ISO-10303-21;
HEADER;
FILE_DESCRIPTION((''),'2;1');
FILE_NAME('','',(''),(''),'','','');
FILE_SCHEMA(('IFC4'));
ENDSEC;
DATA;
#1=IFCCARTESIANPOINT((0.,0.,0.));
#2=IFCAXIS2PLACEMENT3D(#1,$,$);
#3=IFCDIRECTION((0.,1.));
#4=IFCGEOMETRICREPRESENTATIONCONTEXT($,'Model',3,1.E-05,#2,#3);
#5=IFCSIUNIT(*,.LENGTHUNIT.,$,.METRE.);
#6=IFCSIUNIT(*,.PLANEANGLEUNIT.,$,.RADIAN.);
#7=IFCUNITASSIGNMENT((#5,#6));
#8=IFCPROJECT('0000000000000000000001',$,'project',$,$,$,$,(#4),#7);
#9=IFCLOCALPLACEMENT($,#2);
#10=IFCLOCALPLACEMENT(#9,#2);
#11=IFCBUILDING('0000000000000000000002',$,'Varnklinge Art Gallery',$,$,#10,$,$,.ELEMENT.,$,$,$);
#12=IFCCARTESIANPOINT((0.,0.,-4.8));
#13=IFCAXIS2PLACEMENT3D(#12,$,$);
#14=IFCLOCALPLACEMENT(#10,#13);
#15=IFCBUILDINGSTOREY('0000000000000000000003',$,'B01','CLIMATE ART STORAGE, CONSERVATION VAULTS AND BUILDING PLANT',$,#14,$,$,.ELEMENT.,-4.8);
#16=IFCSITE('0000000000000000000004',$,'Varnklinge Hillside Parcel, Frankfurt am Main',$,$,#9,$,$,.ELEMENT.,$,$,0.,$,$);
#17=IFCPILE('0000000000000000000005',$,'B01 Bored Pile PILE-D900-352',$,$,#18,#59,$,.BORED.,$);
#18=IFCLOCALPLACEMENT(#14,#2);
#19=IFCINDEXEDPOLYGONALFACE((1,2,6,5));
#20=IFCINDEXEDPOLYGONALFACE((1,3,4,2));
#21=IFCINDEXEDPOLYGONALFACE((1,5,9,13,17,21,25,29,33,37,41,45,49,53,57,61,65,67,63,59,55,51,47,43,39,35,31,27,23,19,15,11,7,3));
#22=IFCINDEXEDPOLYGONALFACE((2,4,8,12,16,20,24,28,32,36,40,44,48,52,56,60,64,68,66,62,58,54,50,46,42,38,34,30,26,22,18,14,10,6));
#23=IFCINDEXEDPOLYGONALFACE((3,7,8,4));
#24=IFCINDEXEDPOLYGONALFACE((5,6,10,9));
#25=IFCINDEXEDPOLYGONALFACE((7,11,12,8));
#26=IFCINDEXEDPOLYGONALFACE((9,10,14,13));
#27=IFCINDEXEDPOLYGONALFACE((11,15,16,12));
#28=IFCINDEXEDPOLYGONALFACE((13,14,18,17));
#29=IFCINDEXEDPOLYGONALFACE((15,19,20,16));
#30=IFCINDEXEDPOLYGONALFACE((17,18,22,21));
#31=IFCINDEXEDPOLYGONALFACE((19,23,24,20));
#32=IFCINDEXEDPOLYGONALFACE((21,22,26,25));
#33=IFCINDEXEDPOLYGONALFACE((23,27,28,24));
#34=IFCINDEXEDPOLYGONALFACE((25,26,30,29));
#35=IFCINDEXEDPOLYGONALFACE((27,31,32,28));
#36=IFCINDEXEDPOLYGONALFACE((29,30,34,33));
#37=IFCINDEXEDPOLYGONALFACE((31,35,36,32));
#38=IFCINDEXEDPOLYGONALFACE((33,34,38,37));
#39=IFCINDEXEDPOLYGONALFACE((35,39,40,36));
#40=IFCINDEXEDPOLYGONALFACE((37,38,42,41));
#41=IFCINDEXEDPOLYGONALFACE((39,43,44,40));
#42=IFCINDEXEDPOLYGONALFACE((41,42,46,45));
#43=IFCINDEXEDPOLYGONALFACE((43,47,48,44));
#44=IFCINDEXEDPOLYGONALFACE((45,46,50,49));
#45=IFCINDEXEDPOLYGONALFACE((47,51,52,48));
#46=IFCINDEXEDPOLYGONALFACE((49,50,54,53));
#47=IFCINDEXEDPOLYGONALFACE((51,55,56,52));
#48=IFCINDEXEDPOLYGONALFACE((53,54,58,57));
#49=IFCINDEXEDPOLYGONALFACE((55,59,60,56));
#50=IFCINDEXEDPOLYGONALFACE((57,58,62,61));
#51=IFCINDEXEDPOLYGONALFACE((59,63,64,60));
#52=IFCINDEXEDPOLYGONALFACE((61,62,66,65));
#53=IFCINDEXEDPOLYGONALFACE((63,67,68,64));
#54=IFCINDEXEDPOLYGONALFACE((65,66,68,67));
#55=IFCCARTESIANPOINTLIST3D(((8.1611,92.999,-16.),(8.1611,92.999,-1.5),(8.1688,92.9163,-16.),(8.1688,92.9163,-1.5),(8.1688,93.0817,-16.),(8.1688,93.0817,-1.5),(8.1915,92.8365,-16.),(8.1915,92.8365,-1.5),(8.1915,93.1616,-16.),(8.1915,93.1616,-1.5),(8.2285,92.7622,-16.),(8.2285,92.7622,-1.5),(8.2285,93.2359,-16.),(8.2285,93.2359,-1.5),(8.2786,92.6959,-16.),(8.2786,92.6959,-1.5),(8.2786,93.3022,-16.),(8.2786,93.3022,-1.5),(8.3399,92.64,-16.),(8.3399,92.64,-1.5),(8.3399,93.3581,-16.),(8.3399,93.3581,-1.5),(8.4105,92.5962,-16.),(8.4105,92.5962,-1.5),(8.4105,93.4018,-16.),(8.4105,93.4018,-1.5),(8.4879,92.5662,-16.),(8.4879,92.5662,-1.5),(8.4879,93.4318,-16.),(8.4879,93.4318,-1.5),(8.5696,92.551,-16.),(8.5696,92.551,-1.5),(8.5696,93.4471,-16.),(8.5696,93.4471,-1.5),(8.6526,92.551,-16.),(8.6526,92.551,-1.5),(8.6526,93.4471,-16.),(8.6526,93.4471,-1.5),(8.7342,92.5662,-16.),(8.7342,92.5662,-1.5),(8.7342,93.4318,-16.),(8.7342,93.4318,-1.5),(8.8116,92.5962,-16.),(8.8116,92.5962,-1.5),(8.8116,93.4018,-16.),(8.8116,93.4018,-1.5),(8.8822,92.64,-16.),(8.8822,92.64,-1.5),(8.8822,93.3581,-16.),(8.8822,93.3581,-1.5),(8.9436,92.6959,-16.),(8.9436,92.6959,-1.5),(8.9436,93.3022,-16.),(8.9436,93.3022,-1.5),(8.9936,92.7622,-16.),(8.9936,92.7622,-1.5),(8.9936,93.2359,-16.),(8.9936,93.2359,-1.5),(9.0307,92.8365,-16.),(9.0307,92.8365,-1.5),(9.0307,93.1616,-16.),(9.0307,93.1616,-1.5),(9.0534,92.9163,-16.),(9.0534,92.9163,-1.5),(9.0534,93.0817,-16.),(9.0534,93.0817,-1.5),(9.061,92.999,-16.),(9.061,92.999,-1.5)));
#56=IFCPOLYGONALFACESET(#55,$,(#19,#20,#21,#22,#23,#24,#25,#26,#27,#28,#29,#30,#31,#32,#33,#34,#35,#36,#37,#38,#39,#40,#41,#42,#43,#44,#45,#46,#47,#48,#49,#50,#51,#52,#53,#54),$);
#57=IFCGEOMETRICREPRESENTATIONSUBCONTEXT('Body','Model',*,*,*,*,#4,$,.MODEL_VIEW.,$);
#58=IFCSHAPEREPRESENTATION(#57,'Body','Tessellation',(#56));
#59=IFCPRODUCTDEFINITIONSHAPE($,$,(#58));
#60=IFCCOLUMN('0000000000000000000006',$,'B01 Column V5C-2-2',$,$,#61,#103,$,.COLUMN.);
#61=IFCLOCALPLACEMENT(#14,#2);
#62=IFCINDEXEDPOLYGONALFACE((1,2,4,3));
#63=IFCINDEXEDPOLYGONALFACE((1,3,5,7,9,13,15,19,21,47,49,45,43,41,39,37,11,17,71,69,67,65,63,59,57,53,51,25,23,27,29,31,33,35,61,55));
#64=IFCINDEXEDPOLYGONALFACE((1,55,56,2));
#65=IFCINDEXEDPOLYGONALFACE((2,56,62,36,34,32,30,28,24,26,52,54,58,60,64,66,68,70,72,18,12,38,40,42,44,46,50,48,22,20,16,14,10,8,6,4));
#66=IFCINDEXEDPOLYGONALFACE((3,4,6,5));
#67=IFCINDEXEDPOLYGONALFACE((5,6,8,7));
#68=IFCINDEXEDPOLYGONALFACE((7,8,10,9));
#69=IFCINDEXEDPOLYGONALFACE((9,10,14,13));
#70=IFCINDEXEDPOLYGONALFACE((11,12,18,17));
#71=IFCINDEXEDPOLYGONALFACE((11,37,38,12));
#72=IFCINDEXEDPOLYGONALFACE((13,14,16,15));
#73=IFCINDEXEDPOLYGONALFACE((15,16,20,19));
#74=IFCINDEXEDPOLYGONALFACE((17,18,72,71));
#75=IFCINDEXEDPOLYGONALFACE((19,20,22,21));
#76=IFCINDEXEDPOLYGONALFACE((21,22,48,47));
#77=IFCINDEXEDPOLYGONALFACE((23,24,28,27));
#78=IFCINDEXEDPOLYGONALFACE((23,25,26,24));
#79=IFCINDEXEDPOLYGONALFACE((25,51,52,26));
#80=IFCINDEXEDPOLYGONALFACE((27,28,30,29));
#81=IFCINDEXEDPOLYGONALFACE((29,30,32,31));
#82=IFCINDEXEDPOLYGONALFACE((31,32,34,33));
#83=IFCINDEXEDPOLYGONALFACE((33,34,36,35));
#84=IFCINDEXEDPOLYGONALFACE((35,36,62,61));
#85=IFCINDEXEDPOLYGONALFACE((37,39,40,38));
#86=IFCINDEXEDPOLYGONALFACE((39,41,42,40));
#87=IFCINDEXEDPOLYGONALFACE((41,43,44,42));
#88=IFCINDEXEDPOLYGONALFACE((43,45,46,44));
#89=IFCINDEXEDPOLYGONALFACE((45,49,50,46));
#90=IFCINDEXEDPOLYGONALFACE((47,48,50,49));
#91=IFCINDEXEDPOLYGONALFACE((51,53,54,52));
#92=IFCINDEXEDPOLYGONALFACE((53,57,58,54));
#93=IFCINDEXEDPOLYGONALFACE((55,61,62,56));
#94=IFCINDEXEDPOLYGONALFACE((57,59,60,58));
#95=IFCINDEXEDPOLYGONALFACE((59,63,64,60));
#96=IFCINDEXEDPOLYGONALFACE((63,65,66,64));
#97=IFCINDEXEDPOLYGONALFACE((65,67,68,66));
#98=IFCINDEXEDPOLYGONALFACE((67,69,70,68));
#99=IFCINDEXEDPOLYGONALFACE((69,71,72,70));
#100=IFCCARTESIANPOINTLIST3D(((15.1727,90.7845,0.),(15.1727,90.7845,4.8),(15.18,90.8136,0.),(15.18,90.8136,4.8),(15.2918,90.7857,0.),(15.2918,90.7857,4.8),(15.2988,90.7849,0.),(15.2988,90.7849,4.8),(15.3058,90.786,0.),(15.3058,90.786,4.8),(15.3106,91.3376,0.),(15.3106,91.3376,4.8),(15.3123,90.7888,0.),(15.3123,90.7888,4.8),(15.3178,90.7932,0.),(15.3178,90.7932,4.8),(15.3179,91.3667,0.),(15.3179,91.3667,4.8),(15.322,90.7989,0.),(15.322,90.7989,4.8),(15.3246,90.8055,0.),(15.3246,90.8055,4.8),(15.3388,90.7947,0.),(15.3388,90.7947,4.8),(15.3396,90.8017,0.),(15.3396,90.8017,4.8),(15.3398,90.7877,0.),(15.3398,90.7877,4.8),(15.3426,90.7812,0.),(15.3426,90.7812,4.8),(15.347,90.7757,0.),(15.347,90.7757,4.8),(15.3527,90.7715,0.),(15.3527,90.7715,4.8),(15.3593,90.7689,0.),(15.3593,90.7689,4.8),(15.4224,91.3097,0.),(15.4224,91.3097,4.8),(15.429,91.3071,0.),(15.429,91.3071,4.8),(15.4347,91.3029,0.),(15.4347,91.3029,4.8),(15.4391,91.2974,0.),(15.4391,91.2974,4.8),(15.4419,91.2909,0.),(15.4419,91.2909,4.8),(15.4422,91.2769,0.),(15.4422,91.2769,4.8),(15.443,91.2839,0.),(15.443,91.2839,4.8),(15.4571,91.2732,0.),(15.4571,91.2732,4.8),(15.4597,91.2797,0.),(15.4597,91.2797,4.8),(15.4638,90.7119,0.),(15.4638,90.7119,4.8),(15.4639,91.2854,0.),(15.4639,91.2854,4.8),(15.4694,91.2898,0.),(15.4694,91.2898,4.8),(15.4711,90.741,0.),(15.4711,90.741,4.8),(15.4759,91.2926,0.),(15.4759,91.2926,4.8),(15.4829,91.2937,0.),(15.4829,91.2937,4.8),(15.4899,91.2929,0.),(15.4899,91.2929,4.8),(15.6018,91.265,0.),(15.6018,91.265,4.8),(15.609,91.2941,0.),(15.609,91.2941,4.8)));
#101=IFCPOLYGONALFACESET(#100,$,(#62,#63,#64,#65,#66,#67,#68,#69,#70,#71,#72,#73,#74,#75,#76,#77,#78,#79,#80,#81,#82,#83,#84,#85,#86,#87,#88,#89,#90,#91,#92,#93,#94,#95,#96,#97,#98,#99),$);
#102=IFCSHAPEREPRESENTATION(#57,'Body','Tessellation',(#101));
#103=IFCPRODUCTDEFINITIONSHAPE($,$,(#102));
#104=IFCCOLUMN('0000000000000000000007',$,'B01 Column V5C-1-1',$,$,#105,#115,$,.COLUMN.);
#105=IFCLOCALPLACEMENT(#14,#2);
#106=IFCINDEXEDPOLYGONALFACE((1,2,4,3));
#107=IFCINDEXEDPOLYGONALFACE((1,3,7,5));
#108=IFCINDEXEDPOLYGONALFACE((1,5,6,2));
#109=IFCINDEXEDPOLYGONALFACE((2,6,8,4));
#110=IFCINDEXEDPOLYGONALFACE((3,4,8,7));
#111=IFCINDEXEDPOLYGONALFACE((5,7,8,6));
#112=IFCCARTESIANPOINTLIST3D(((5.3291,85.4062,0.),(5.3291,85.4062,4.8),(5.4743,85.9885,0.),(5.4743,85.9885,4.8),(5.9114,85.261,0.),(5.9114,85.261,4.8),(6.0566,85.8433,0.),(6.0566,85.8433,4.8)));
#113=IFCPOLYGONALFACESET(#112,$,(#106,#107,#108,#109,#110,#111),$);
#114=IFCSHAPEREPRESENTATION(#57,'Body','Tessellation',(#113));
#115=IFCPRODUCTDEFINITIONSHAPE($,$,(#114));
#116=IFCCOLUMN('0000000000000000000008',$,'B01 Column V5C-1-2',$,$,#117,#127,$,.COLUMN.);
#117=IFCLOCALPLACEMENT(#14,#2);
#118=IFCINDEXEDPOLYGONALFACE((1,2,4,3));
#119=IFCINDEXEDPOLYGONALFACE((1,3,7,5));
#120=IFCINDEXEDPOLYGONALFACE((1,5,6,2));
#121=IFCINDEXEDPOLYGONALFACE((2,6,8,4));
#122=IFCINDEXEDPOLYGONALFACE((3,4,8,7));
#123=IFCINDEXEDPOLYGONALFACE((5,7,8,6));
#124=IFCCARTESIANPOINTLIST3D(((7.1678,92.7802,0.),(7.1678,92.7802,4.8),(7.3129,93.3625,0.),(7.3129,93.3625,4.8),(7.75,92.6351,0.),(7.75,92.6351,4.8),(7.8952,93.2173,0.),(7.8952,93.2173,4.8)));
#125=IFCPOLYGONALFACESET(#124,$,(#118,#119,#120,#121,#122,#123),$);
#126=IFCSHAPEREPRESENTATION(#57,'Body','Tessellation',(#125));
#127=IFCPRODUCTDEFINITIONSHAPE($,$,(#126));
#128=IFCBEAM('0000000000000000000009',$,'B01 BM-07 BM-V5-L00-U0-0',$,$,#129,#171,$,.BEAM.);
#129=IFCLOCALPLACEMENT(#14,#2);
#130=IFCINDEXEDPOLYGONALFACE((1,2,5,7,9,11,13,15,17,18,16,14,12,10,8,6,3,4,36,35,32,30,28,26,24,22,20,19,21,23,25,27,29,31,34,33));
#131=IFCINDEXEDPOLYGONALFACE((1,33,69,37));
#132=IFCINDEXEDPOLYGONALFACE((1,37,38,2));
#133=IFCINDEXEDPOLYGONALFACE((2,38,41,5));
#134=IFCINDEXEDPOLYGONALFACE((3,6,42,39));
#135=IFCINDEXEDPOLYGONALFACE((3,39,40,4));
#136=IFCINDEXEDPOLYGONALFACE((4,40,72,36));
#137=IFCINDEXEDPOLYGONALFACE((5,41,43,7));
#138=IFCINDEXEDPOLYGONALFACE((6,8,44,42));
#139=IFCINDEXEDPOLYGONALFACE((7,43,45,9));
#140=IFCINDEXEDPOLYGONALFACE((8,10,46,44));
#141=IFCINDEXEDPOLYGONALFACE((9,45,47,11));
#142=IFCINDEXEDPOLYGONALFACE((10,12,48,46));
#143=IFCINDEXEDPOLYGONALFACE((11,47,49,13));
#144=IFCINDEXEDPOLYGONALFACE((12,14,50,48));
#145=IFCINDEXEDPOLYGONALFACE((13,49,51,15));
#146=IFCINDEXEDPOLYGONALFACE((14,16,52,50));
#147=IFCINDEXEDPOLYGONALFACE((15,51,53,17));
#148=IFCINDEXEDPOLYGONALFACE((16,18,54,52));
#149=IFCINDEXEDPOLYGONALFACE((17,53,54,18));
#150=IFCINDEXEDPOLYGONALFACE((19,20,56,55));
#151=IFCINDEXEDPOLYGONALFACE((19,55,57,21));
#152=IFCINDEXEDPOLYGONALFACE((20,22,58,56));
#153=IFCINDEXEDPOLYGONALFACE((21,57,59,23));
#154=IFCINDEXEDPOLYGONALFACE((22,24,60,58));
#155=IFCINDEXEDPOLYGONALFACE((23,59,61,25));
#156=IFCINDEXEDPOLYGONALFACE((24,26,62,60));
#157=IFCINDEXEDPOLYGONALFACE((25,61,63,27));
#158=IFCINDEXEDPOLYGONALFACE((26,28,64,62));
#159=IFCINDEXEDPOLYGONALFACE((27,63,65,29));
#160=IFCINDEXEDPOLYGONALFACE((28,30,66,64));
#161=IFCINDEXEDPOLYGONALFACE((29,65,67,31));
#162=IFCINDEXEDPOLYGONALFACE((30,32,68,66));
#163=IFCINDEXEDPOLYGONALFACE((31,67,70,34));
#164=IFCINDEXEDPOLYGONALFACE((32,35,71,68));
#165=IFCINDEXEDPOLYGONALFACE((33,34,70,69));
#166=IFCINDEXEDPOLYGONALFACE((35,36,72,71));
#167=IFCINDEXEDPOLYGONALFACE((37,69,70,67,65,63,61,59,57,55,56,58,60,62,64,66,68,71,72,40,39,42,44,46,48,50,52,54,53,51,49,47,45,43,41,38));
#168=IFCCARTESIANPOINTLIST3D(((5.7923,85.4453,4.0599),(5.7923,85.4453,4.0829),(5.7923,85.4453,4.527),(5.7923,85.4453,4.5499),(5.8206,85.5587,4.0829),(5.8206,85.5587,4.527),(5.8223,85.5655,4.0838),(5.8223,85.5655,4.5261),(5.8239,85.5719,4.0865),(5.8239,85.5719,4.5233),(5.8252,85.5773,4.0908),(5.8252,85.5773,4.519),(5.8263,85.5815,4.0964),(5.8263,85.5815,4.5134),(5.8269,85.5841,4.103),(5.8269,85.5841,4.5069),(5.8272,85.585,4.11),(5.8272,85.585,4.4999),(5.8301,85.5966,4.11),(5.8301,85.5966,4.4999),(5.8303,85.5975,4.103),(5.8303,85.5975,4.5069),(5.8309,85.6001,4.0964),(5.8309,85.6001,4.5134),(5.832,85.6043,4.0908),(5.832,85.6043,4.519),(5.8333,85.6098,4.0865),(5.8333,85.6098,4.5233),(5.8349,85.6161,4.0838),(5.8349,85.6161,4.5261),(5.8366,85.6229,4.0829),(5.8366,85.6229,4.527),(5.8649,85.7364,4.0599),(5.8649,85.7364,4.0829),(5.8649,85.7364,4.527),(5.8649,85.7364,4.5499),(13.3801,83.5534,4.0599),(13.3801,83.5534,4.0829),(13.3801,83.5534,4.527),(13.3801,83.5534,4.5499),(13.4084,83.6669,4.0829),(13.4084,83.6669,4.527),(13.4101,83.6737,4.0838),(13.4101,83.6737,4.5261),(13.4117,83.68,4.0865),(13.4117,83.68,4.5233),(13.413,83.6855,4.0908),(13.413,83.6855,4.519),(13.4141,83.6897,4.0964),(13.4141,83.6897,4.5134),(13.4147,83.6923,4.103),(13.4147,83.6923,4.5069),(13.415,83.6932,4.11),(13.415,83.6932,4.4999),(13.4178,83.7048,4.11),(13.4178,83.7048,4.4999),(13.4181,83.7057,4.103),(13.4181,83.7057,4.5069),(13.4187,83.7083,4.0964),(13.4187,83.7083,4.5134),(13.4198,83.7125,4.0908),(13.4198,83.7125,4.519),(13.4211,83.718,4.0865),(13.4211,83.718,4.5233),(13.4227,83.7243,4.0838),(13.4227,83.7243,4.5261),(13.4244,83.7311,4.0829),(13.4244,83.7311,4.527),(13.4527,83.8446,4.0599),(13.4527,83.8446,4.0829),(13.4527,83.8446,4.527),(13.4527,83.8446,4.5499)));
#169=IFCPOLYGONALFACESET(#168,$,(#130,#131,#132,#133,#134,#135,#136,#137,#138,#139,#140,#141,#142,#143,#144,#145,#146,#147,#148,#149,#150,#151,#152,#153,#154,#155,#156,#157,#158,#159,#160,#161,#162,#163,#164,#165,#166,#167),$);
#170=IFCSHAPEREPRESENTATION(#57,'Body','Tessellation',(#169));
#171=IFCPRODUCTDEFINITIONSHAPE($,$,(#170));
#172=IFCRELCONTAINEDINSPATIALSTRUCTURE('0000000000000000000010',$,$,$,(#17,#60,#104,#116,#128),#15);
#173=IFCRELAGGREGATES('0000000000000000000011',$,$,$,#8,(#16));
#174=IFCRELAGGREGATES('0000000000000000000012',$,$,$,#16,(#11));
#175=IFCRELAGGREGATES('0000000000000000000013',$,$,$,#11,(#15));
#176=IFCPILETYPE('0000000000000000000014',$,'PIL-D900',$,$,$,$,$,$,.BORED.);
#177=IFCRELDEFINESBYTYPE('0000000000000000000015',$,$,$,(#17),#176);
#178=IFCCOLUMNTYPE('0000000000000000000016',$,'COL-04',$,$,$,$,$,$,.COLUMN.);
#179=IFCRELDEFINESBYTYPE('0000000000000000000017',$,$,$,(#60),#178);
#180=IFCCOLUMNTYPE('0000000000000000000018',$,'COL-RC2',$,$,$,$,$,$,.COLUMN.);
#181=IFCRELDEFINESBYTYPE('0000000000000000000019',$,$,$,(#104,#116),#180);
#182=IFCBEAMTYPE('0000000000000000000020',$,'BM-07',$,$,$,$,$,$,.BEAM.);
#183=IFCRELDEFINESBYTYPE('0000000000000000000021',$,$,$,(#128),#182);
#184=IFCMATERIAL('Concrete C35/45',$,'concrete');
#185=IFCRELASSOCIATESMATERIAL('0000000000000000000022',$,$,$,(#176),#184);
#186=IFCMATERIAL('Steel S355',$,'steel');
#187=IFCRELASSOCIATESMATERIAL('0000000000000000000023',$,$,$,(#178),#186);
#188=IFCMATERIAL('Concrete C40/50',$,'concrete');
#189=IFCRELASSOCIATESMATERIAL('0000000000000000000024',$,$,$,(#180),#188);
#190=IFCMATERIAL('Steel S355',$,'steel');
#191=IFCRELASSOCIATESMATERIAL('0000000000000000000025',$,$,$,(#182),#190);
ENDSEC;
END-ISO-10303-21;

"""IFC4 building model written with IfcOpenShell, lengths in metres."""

from ifc_helpers import new_model, si_unit, direction, frame, origin, origin_2d, place, context, subcontext, project, spatial, rectangle, circle, i_section, extrude, material, material_profile, profile_set, type_object, element, save


model = new_model("IFC4")

# Units and contexts
model_context = context("Model", 3, precision=1e-05, world=origin(), true_north=direction((0.0, 1.0)))
body_context = subcontext(model_context, "Body", "Model", "MODEL_VIEW")
ifc_project = project(units=[si_unit("LENGTHUNIT", "METRE"), si_unit("PLANEANGLEUNIT", "RADIAN")], contexts=[model_context])

# Site, building, storey
site_placement = place(None, origin())
site = spatial("IfcSite", under=ifc_project, at=site_placement, Name="Varnklinge Hillside Parcel, Frankfurt am Main", CompositionType="ELEMENT", RefElevation=0.0)
building_placement = place(site_placement, origin())
building = spatial("IfcBuilding", under=site, at=building_placement, Name="Varnklinge Art Gallery", CompositionType="ELEMENT")
storey_placement = place(building_placement, frame((0.0, 0.0, -4.8)))
storey = spatial("IfcBuildingStorey", under=building, at=storey_placement, Name="B01", Description="CLIMATE ART STORAGE, CONSERVATION VAULTS AND BUILDING PLANT", CompositionType="ELEMENT", Elevation=-4.8)

# Pile
ifc_material_1 = material(Name="Concrete C35/45", Category="concrete")
ifc_material_profile_1 = material_profile(ifc_material_1, circle(Radius=0.45, at=origin_2d()), Name="PILE D900")
ifc_profile_set_1 = profile_set([ifc_material_profile_1], Name="Concrete C35/45")
pile_type = type_object("IfcPileType", Name="PIL-D900", PredefinedType="BORED", material=ifc_profile_set_1)
for number, where, z_axis, x_axis, name in (
    (1, (8.6111, 92.999, -1.5), (0.0, 0.0, -1.0), (1.0, 0.0, 0.0), "B01 Bored Pile PILE-D900-352"),
):
    element("IfcPile", number, at=place(storey_placement, frame(where, z_axis=z_axis, x_axis=x_axis)), inside=storey, type_object=pile_type, Name=name, PredefinedType="BORED", context=body_context, shape_type="SweptSolid", body=[
        extrude(circle(Radius=0.45, at=origin_2d()), origin(), (0.0, 0.0, 1.0), 14.5),
    ])

# Columns
ifc_material_2 = material(Name="Steel S355", Category="steel")
ifc_material_profile_2 = material_profile(ifc_material_2, i_section(OverallWidth=0.3, OverallDepth=0.6001, WebThickness=0.0154, FlangeThickness=0.03, FilletRadius=0.0271, at=origin_2d()), Name="HEB 600")
ifc_profile_set_2 = profile_set([ifc_material_profile_2], Name="Steel S355")
column_type_1 = type_object("IfcColumnType", Name="COL-04", PredefinedType="COLUMN", material=ifc_profile_set_2)
column_placement = place(storey_placement, frame((15.3909, 91.0393, 0.0), z_axis=(0.0, 0.0, 1.0), x_axis=(0.970296, -0.241922, 0.0)))
element("IfcColumn", 2, at=column_placement, inside=storey, type_object=column_type_1, Name="B01 Column V5C-2-2", PredefinedType="COLUMN", context=body_context, shape_type="SweptSolid", body=[
    extrude(i_section(OverallWidth=0.3, OverallDepth=0.6001, WebThickness=0.0154, FlangeThickness=0.03, FilletRadius=0.0271, at=origin_2d()), origin(), (0.0, 0.0, 1.0), 4.8),
])
ifc_material_3 = material(Name="Concrete C40/50", Category="concrete")
ifc_material_profile_3 = material_profile(ifc_material_3, rectangle(XDim=0.6001, YDim=0.6001, at=origin_2d()), Name="RC 600x600")
ifc_profile_set_3 = profile_set([ifc_material_profile_3], Name="Concrete C40/50")
column_type_2 = type_object("IfcColumnType", Name="COL-RC2", PredefinedType="COLUMN", material=ifc_profile_set_3)
for number, where, z_axis, x_axis, name in (
    (3, (5.6929, 85.6248, 0.0), (0.0, 0.0, 1.0), (0.970296, -0.241922, 0.0), "B01 Column V5C-1-1"),
    (4, (7.5315, 92.9988, 0.0), (0.0, 0.0, 1.0), (0.970296, -0.241922, 0.0), "B01 Column V5C-1-2"),
):
    element("IfcColumn", number, at=place(storey_placement, frame(where, z_axis=z_axis, x_axis=x_axis)), inside=storey, type_object=column_type_2, Name=name, PredefinedType="COLUMN", context=body_context, shape_type="SweptSolid", body=[
        extrude(rectangle(XDim=0.6001, YDim=0.6001, at=origin_2d()), origin(), (0.0, 0.0, 1.0), 4.8),
    ])

# Beam
ifc_material_4 = material(Name="Steel S355", Category="steel")
ifc_material_profile_4 = material_profile(ifc_material_4, i_section(OverallWidth=0.3, OverallDepth=0.49, WebThickness=0.012, FlangeThickness=0.0229, FilletRadius=0.0271, at=origin_2d()), Name="HEA 500")
ifc_profile_set_4 = profile_set([ifc_material_profile_4], Name="Steel S355")
beam_type_1 = type_object("IfcBeamType", Name="BM-07", PredefinedType="BEAM", material=ifc_profile_set_4)
for number, where, z_axis, x_axis, name in (
    (5, (5.8286, 85.5908, 4.3049), (0.970297, -0.241919, 0.0), (0.241919, 0.970297, 0.0), "B01 BM-07 BM-V5-L00-U0-0"),
):
    element("IfcBeam", number, at=place(storey_placement, frame(where, z_axis=z_axis, x_axis=x_axis)), inside=storey, type_object=beam_type_1, Name=name, PredefinedType="BEAM", context=body_context, shape_type="SweptSolid", body=[
        extrude(i_section(OverallWidth=0.3, OverallDepth=0.49, WebThickness=0.012, FlangeThickness=0.0229, FilletRadius=0.0271, at=origin_2d()), origin(), (0.0, 0.0, 1.0), 7.8201),
    ])

save(model, "model.ifc")
